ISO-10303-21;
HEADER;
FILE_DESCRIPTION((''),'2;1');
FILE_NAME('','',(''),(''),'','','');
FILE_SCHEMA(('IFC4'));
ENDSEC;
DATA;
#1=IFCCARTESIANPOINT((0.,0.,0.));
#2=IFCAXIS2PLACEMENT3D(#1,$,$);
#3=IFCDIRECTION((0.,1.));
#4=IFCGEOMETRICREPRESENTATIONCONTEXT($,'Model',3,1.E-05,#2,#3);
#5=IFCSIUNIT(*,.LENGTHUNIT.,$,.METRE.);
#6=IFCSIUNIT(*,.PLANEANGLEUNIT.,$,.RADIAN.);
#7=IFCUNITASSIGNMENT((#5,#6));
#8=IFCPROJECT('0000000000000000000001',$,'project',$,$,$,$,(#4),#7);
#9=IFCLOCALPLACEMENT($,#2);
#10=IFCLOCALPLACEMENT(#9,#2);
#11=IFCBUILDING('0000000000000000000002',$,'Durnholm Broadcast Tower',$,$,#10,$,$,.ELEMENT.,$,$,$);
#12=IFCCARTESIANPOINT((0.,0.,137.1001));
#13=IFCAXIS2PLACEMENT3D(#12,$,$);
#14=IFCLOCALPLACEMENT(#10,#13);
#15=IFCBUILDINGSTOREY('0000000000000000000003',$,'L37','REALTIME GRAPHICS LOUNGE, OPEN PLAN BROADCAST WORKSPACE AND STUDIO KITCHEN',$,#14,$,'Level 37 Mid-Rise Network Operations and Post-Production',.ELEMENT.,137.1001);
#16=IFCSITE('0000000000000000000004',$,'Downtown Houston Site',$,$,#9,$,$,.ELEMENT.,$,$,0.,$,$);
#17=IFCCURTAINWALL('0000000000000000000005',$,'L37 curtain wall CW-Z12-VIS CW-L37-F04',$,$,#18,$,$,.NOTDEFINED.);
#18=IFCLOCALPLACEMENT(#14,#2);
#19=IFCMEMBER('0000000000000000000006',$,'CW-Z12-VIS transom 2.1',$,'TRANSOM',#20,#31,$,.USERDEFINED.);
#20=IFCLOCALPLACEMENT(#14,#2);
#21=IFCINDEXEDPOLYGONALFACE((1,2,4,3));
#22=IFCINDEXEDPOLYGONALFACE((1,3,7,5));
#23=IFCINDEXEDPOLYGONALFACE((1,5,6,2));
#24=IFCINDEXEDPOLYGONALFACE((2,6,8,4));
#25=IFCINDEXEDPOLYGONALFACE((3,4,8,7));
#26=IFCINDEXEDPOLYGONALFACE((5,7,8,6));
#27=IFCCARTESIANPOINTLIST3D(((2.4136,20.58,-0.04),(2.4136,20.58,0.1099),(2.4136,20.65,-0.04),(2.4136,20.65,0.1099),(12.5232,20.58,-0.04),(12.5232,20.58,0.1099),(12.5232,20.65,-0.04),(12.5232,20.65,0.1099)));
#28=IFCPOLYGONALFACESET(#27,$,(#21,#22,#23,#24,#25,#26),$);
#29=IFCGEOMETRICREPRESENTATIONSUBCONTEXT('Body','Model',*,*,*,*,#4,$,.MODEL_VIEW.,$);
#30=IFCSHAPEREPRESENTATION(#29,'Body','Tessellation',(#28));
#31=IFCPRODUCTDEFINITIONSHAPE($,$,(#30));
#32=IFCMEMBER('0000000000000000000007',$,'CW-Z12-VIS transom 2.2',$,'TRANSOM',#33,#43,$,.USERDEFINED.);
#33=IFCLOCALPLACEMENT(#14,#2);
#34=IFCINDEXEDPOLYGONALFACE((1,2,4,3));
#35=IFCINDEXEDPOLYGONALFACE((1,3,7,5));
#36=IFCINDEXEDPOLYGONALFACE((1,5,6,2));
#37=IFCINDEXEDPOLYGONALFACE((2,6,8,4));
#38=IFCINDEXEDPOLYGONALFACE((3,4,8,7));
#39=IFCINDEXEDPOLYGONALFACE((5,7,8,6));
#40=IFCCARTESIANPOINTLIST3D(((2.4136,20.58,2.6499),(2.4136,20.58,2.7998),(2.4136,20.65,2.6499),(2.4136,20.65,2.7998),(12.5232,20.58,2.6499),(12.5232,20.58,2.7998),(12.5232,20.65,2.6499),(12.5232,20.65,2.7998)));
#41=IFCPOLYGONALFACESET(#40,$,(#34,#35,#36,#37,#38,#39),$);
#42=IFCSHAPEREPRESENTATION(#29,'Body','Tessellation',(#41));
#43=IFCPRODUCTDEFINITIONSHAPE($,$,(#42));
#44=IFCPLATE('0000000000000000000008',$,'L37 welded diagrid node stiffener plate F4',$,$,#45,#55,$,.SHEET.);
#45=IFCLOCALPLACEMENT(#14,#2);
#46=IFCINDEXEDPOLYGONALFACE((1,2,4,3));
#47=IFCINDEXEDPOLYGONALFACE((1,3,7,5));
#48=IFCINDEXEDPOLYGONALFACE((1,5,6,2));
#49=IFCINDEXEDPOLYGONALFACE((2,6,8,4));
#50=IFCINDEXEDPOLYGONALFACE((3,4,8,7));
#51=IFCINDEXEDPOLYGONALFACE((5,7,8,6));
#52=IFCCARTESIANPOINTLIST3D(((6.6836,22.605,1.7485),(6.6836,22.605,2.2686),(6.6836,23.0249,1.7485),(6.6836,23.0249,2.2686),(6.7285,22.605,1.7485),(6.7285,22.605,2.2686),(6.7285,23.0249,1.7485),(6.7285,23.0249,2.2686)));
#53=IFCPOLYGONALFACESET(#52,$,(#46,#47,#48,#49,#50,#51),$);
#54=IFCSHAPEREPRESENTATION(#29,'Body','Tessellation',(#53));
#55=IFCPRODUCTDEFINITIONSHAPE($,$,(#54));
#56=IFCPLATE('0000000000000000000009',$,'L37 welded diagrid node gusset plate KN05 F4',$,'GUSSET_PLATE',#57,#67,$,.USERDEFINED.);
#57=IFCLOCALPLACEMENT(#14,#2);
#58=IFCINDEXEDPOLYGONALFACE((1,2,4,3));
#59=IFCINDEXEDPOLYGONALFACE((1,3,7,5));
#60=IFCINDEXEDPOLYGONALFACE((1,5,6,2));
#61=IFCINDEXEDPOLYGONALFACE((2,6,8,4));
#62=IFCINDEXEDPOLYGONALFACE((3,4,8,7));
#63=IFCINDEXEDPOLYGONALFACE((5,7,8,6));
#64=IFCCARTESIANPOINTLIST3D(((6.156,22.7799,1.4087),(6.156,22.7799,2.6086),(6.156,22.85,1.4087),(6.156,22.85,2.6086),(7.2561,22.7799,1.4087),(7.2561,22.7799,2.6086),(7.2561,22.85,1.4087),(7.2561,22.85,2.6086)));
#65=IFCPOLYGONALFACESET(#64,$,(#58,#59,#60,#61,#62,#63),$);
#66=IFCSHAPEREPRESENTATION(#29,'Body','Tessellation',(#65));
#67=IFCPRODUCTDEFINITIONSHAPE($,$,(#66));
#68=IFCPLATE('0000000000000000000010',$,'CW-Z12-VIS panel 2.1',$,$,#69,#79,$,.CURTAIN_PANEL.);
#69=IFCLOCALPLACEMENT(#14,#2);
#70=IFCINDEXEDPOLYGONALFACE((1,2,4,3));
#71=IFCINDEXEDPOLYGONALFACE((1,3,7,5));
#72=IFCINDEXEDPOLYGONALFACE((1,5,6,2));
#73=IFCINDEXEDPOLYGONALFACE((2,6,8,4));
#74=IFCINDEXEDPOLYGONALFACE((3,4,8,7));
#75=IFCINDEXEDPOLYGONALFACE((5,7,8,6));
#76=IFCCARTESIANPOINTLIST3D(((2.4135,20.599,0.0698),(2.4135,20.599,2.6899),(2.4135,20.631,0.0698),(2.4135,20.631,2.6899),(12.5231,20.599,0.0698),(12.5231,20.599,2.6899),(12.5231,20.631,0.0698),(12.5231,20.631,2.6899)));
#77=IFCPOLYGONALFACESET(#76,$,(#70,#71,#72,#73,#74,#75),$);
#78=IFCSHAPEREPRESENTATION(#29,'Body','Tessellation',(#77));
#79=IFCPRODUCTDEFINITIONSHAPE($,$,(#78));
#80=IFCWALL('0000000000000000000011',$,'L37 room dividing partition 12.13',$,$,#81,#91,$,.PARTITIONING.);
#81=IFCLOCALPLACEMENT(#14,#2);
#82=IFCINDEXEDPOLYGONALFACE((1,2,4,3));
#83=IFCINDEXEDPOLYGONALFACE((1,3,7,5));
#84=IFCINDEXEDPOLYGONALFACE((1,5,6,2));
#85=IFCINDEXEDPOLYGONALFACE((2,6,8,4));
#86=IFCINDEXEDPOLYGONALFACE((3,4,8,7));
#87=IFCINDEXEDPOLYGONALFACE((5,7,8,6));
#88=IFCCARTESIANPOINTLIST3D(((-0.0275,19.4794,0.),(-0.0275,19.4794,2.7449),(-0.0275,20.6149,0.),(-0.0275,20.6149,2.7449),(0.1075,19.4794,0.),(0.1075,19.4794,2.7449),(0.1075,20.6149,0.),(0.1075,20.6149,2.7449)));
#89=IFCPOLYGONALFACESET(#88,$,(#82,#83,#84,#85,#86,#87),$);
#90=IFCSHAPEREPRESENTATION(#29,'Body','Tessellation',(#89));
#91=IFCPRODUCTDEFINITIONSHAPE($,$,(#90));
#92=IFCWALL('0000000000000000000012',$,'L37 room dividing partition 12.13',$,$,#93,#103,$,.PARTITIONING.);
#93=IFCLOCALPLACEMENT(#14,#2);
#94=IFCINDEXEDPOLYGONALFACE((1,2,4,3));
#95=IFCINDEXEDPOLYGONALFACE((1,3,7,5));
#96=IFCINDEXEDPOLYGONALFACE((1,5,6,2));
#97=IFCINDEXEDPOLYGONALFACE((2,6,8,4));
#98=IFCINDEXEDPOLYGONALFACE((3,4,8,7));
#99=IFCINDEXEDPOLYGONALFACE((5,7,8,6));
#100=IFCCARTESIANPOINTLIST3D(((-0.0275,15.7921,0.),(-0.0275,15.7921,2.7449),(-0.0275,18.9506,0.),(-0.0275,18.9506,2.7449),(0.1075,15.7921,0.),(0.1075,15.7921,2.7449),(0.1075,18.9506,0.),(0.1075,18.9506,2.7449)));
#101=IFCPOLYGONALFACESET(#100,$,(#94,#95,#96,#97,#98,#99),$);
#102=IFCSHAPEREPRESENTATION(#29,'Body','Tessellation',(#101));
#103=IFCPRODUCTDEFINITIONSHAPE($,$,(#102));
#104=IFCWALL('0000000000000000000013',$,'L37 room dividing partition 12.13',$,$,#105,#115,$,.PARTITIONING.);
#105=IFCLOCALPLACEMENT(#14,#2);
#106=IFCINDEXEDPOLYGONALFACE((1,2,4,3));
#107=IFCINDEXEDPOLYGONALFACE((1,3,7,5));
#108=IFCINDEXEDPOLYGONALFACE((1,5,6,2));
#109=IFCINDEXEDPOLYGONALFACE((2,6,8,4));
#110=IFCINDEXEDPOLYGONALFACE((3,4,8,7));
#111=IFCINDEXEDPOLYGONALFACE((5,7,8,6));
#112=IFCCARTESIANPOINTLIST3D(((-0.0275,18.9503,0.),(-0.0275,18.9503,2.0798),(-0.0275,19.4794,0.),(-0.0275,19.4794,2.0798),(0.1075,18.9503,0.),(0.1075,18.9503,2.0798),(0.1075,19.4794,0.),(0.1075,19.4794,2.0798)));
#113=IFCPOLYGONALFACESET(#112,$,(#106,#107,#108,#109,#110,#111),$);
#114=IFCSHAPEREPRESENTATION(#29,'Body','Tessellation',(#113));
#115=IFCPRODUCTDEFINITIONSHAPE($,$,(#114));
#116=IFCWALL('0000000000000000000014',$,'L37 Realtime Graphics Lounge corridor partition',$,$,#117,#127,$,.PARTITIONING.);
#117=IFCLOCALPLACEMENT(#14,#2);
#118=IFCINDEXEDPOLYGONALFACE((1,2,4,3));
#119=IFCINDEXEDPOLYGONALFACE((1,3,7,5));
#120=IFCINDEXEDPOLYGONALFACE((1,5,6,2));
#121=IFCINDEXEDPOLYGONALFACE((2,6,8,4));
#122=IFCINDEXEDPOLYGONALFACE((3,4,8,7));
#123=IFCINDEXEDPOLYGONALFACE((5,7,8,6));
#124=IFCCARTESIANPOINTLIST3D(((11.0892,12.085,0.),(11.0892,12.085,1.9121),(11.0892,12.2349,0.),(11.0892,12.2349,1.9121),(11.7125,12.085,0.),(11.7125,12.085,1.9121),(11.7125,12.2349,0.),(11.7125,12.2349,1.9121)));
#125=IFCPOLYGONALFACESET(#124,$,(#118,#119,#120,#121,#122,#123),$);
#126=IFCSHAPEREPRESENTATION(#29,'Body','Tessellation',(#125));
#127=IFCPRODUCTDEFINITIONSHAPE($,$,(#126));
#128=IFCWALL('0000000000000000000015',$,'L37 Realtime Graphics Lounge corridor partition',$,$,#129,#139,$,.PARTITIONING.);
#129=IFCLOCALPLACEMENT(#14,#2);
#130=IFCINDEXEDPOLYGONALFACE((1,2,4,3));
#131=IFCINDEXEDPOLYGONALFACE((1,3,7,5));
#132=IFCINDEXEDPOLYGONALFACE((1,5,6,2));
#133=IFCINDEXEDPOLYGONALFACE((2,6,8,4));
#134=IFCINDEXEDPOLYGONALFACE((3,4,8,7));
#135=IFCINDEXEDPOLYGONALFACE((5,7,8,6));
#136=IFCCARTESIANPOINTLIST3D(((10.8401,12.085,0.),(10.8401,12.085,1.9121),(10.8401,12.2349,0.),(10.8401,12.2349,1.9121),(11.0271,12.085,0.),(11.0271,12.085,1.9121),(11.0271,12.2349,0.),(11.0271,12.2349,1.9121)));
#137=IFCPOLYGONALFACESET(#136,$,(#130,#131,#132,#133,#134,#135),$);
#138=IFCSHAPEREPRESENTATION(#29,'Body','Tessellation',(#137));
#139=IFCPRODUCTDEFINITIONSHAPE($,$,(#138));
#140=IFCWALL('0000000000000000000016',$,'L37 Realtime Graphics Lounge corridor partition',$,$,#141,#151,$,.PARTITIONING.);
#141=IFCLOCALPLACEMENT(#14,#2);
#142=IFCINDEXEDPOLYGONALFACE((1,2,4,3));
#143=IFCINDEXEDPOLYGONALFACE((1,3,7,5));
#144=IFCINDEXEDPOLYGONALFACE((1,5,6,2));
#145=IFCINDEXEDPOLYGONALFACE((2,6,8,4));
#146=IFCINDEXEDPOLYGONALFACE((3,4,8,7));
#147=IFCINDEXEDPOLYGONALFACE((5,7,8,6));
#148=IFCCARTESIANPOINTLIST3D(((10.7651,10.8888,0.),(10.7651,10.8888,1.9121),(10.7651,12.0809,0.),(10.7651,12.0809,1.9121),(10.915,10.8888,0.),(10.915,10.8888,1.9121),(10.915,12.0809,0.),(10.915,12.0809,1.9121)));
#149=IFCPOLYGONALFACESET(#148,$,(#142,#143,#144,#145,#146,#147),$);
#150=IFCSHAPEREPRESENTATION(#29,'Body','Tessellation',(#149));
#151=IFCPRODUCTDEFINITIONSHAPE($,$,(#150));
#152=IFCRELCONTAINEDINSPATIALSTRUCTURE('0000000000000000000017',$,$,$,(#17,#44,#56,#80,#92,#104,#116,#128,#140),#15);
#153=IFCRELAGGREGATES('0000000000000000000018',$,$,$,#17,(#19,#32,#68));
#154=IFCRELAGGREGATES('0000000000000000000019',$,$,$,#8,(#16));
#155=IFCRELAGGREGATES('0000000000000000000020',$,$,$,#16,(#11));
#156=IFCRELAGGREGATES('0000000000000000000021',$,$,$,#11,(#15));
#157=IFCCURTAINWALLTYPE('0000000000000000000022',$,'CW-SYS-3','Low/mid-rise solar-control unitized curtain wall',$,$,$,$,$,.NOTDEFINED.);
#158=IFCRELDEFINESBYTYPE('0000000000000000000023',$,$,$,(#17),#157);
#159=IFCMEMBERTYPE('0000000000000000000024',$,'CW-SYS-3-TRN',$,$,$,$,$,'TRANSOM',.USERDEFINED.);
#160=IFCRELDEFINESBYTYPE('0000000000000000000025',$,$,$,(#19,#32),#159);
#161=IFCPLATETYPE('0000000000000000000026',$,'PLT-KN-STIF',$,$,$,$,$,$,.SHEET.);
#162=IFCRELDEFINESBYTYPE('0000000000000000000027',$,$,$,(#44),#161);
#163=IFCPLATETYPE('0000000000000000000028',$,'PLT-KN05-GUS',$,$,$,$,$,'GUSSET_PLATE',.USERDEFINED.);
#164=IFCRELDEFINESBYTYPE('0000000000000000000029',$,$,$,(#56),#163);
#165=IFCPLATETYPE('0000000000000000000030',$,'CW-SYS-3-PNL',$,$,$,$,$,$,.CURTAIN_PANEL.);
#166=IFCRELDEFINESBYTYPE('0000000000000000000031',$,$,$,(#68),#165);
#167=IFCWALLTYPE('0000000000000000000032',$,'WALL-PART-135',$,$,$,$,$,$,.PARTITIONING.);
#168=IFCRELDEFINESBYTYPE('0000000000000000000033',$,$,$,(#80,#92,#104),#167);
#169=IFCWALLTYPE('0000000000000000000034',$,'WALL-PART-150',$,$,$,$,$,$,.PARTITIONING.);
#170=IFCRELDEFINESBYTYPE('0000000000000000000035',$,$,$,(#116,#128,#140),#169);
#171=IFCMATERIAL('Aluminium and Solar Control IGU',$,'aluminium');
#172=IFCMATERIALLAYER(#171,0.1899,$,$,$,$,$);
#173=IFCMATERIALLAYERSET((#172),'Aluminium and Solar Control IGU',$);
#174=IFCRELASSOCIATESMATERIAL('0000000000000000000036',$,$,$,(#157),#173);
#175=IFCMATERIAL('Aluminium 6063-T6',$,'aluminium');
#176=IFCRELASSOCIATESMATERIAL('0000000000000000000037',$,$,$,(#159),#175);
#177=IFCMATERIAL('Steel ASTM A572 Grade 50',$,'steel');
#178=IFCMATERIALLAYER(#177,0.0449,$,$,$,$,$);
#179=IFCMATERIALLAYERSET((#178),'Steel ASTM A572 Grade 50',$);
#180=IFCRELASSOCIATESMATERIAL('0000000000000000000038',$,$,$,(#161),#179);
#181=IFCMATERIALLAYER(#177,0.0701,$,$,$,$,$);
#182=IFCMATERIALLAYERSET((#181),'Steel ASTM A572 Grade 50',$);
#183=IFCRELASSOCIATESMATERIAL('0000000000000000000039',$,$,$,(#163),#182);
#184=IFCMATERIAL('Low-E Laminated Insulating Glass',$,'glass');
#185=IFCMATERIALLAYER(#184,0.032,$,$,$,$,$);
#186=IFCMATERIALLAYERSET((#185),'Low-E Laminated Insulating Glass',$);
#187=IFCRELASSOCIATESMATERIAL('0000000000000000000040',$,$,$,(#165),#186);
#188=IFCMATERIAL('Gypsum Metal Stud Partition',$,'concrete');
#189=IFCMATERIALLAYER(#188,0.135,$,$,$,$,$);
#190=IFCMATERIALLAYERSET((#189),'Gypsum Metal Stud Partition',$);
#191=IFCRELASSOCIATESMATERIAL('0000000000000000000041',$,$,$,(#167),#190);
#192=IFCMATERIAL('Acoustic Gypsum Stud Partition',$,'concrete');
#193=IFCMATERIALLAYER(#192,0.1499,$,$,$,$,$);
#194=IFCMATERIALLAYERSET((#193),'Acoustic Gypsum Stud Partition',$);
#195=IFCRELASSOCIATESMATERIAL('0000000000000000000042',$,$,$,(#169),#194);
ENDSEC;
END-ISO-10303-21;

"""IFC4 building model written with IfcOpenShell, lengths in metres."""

from ifc_helpers import new_model, si_unit, direction, frame, frame_2d, origin, origin_2d, place, context, subcontext, project, spatial, rectangle, extrude, source, transform, mapped, material, layer, layer_set, material_profile, profile_set, type_object, type_shapes, element, aggregate, save


model = new_model("IFC4")

# Units and contexts
model_context = context("Model", 3, precision=1e-05, world=origin(), true_north=direction((0.0, 1.0)))
body_context = subcontext(model_context, "Body", "Model", "MODEL_VIEW")
ifc_project = project(units=[si_unit("LENGTHUNIT", "METRE"), si_unit("PLANEANGLEUNIT", "RADIAN")], contexts=[model_context])

# Site, building, storey
site_placement = place(None, origin())
site = spatial("IfcSite", under=ifc_project, at=site_placement, Name="Downtown Houston Site", CompositionType="ELEMENT", RefElevation=0.0)
building_placement = place(site_placement, origin())
building = spatial("IfcBuilding", under=site, at=building_placement, Name="Durnholm Broadcast Tower", CompositionType="ELEMENT")
storey_placement = place(building_placement, frame((0.0, 0.0, 137.1001)))
storey = spatial("IfcBuildingStorey", under=building, at=storey_placement, Name="L37", Description="REALTIME GRAPHICS LOUNGE, OPEN PLAN BROADCAST WORKSPACE AND STUDIO KITCHEN", LongName="Level 37 Mid-Rise Network Operations and Post-Production", CompositionType="ELEMENT", Elevation=137.1001)

# Shared definitions
ifc_material_1 = material(Name="Aluminium and Solar Control IGU", Category="aluminium")
ifc_material_2 = material(Name="Aluminium 6063-T6", Category="aluminium")

# Curtain wall
ifc_layer_1 = layer(ifc_material_1, 0.1899)
ifc_layer_set_1 = layer_set([ifc_layer_1], Name="Aluminium and Solar Control IGU")
curtain_wall_type_1 = type_object("IfcCurtainWallType", Name="CW-SYS-3", Description="Low/mid-rise solar-control unitized curtain wall", PredefinedType="NOTDEFINED", material=ifc_layer_set_1)
curtain_wall_1_placement = place(storey_placement, origin())
curtain_wall_1 = element("IfcCurtainWall", 1, at=curtain_wall_1_placement, inside=storey, type_object=curtain_wall_type_1, Name="L37 curtain wall CW-Z12-VIS CW-L37-F04", PredefinedType="NOTDEFINED")

# Members
ifc_material_profile_1 = material_profile(ifc_material_2, rectangle(XDim=0.0701, YDim=0.1499, at=origin_2d()), Name="CWT70X150")
ifc_profile_set_1 = profile_set([ifc_material_profile_1], Name="Aluminium 6063-T6")
member_type_1 = type_object("IfcMemberType", Name="CW-SYS-3-TRN", ElementType="TRANSOM", PredefinedType="USERDEFINED", material=ifc_profile_set_1)
shared_shape_1 = source(origin(), body_context, "Body", "SweptSolid", [
    extrude(rectangle(XDim=0.0701, YDim=0.1499, at=origin_2d()), origin(), (0.0, 0.0, 1.0), 10.1096),
])
type_shapes(member_type_1, [shared_shape_1])
member_1_placement = place(storey_placement, frame((2.4136, 20.615, 0.0349), z_axis=(1.0, 0.0, 0.0), x_axis=(0.0, 1.0, 0.0)))
member_1 = element("IfcMember", 2, at=member_1_placement, type_object=member_type_1, Name="CW-Z12-VIS transom 2.1", ObjectType="TRANSOM", PredefinedType="USERDEFINED", context=body_context, shape_type="MappedRepresentation", body=[
    mapped(shared_shape_1, transform((0.0, 0.0, 0.0), x_axis=(1.0, 0.0, 0.0), y_axis=(0.0, 1.0, 0.0), z_axis=(0.0, 0.0, 1.0), scale=1.0)),
])
member_2_placement = place(storey_placement, frame((2.4136, 20.615, 2.7249), z_axis=(1.0, 0.0, 0.0), x_axis=(0.0, 1.0, 0.0)))
member_2 = element("IfcMember", 3, at=member_2_placement, type_object=member_type_1, Name="CW-Z12-VIS transom 2.2", ObjectType="TRANSOM", PredefinedType="USERDEFINED", context=body_context, shape_type="MappedRepresentation", body=[
    mapped(shared_shape_1, transform((0.0, 0.0, 0.0), x_axis=(1.0, 0.0, 0.0), y_axis=(0.0, 1.0, 0.0), z_axis=(0.0, 0.0, 1.0), scale=1.0)),
])

# Plates
ifc_material_3 = material(Name="Steel ASTM A572 Grade 50", Category="steel")
ifc_layer_2 = layer(ifc_material_3, 0.0449)
ifc_layer_set_2 = layer_set([ifc_layer_2], Name="Steel ASTM A572 Grade 50")
plate_type_1 = type_object("IfcPlateType", Name="PLT-KN-STIF", PredefinedType="SHEET", material=ifc_layer_set_2)
shared_shape_2 = source(origin(), body_context, "Body", "SweptSolid", [
    extrude(rectangle(XDim=0.0449, YDim=0.4199, at=origin_2d()), origin(), (0.0, 0.0, 1.0), 0.52),
])
type_shapes(plate_type_1, [shared_shape_2])
plate_1_placement = place(storey_placement, frame((6.7061, 22.8149, 1.7485), z_axis=(0.0, 0.0, 1.0), x_axis=(-1.0, 0.0, 0.0)))
element("IfcPlate", 4, at=plate_1_placement, inside=storey, type_object=plate_type_1, Name="L37 welded diagrid node stiffener plate F4", PredefinedType="SHEET", context=body_context, shape_type="MappedRepresentation", body=[
    mapped(shared_shape_2, transform((0.0, 0.0, 0.0), x_axis=(1.0, 0.0, 0.0), y_axis=(0.0, 1.0, 0.0), z_axis=(0.0, 0.0, 1.0), scale=1.0)),
])
ifc_layer_3 = layer(ifc_material_3, 0.0701)
ifc_layer_set_3 = layer_set([ifc_layer_3], Name="Steel ASTM A572 Grade 50")
plate_type_2 = type_object("IfcPlateType", Name="PLT-KN05-GUS", ElementType="GUSSET_PLATE", PredefinedType="USERDEFINED", material=ifc_layer_set_3)
shared_shape_3 = source(origin(), body_context, "Body", "SweptSolid", [
    extrude(rectangle(XDim=1.1001, YDim=0.0701, at=origin_2d()), origin(), (0.0, 0.0, 1.0), 1.2),
])
type_shapes(plate_type_2, [shared_shape_3])
plate_2_placement = place(storey_placement, frame((6.7061, 22.8149, 1.4087), z_axis=(0.0, 0.0, 1.0), x_axis=(-1.0, 0.0, 0.0)))
element("IfcPlate", 5, at=plate_2_placement, inside=storey, type_object=plate_type_2, Name="L37 welded diagrid node gusset plate KN05 F4", ObjectType="GUSSET_PLATE", PredefinedType="USERDEFINED", context=body_context, shape_type="MappedRepresentation", body=[
    mapped(shared_shape_3, transform((0.0, 0.0, 0.0), x_axis=(1.0, 0.0, 0.0), y_axis=(0.0, 1.0, 0.0), z_axis=(0.0, 0.0, 1.0), scale=1.0)),
])

# Plate
ifc_material_4 = material(Name="Low-E Laminated Insulating Glass", Category="glass")
ifc_layer_4 = layer(ifc_material_4, 0.032)
ifc_layer_set_4 = layer_set([ifc_layer_4], Name="Low-E Laminated Insulating Glass")
plate_type_3 = type_object("IfcPlateType", Name="CW-SYS-3-PNL", PredefinedType="CURTAIN_PANEL", material=ifc_layer_set_4)
shared_shape_4 = source(origin(), body_context, "Body", "SweptSolid", [
    extrude(rectangle(XDim=10.1096, YDim=0.032, at=origin_2d()), origin(), (0.0, 0.0, 1.0), 2.6201),
])
type_shapes(plate_type_3, [shared_shape_4])
plate_3_placement = place(storey_placement, frame((7.4683, 20.615, 0.0698), z_axis=(0.0, 0.0, 1.0), x_axis=(1.0, 0.0, 0.0)))
plate_3 = element("IfcPlate", 6, at=plate_3_placement, type_object=plate_type_3, Name="CW-Z12-VIS panel 2.1", PredefinedType="CURTAIN_PANEL", context=body_context, shape_type="MappedRepresentation", body=[
    mapped(shared_shape_4, transform((0.0, 0.0, 0.0), x_axis=(1.0, 0.0, 0.0), y_axis=(0.0, 1.0, 0.0), z_axis=(0.0, 0.0, 1.0), scale=1.0)),
])
aggregate(curtain_wall_1, [member_1, member_2, plate_3])

# Walls
ifc_material_5 = material(Name="Gypsum Metal Stud Partition", Category="concrete")
ifc_layer_5 = layer(ifc_material_5, 0.135)
ifc_layer_set_5 = layer_set([ifc_layer_5], Name="Gypsum Metal Stud Partition")
wall_type_1 = type_object("IfcWallType", Name="WALL-PART-135", PredefinedType="PARTITIONING", material=ifc_layer_set_5)
wall_1_placement = place(storey_placement, frame((0.04, 20.615, 0.0), z_axis=(0.0, 0.0, 1.0), x_axis=(0.0, -1.0, 0.0)))
element("IfcWall", 7, at=wall_1_placement, inside=storey, type_object=wall_type_1, Name="L37 room dividing partition 12.13", PredefinedType="PARTITIONING", context=body_context, shape_type="SweptSolid", body=[
    extrude(rectangle(XDim=1.1355, YDim=0.135, at=frame_2d((0.5679, 0.0))), origin(), (0.0, 0.0, 1.0), 2.7449),
])
wall_2_placement = place(storey_placement, frame((0.04, 18.9504, 0.0), z_axis=(0.0, 0.0, 1.0), x_axis=(0.0, -1.0, 0.0)))
element("IfcWall", 8, at=wall_2_placement, inside=storey, type_object=wall_type_1, Name="L37 room dividing partition 12.13", PredefinedType="PARTITIONING", context=body_context, shape_type="SweptSolid", body=[
    extrude(rectangle(XDim=3.1584, YDim=0.135, at=frame_2d((1.5791, 0.0))), origin(), (0.0, 0.0, 1.0), 2.7449),
])
wall_3_placement = place(storey_placement, frame((0.04, 19.4795, 0.0), z_axis=(0.0, 0.0, 1.0), x_axis=(0.0, -1.0, 0.0)))
element("IfcWall", 9, at=wall_3_placement, inside=storey, type_object=wall_type_1, Name="L37 room dividing partition 12.13", PredefinedType="PARTITIONING", context=body_context, shape_type="SweptSolid", body=[
    extrude(rectangle(XDim=0.5291, YDim=0.135, at=frame_2d((0.2646, 0.0))), origin(), (0.0, 0.0, 1.0), 2.0798),
])
ifc_material_6 = material(Name="Acoustic Gypsum Stud Partition", Category="concrete")
ifc_layer_6 = layer(ifc_material_6, 0.1499)
ifc_layer_set_6 = layer_set([ifc_layer_6], Name="Acoustic Gypsum Stud Partition")
wall_type_2 = type_object("IfcWallType", Name="WALL-PART-150", PredefinedType="PARTITIONING", material=ifc_layer_set_6)
wall_4_placement = place(storey_placement, frame((11.7124, 12.1599, 0.0), z_axis=(0.0, 0.0, 1.0), x_axis=(-1.0, 0.0, 0.0)))
element("IfcWall", 10, at=wall_4_placement, inside=storey, type_object=wall_type_2, Name="L37 Realtime Graphics Lounge corridor partition", PredefinedType="PARTITIONING", context=body_context, shape_type="SweptSolid", body=[
    extrude(rectangle(XDim=0.6233, YDim=0.1499, at=frame_2d((0.3115, 0.0))), origin(), (0.0, 0.0, 1.0), 1.9121),
])
wall_5_placement = place(storey_placement, frame((11.0271, 12.1599, 0.0), z_axis=(0.0, 0.0, 1.0), x_axis=(-1.0, 0.0, 0.0)))
element("IfcWall", 11, at=wall_5_placement, inside=storey, type_object=wall_type_2, Name="L37 Realtime Graphics Lounge corridor partition", PredefinedType="PARTITIONING", context=body_context, shape_type="SweptSolid", body=[
    extrude(rectangle(XDim=0.187, YDim=0.1499, at=frame_2d((0.0935, 0.0))), origin(), (0.0, 0.0, 1.0), 1.9121),
])
wall_6_placement = place(storey_placement, frame((10.8401, 12.0811, 0.0), z_axis=(0.0, 0.0, 1.0), x_axis=(0.0, -1.0, 0.0)))
element("IfcWall", 12, at=wall_6_placement, inside=storey, type_object=wall_type_2, Name="L37 Realtime Graphics Lounge corridor partition", PredefinedType="PARTITIONING", context=body_context, shape_type="SweptSolid", body=[
    extrude(rectangle(XDim=1.1921, YDim=0.1499, at=frame_2d((0.5962, 0.0))), origin(), (0.0, 0.0, 1.0), 1.9121),
])

save(model, "model.ifc")
